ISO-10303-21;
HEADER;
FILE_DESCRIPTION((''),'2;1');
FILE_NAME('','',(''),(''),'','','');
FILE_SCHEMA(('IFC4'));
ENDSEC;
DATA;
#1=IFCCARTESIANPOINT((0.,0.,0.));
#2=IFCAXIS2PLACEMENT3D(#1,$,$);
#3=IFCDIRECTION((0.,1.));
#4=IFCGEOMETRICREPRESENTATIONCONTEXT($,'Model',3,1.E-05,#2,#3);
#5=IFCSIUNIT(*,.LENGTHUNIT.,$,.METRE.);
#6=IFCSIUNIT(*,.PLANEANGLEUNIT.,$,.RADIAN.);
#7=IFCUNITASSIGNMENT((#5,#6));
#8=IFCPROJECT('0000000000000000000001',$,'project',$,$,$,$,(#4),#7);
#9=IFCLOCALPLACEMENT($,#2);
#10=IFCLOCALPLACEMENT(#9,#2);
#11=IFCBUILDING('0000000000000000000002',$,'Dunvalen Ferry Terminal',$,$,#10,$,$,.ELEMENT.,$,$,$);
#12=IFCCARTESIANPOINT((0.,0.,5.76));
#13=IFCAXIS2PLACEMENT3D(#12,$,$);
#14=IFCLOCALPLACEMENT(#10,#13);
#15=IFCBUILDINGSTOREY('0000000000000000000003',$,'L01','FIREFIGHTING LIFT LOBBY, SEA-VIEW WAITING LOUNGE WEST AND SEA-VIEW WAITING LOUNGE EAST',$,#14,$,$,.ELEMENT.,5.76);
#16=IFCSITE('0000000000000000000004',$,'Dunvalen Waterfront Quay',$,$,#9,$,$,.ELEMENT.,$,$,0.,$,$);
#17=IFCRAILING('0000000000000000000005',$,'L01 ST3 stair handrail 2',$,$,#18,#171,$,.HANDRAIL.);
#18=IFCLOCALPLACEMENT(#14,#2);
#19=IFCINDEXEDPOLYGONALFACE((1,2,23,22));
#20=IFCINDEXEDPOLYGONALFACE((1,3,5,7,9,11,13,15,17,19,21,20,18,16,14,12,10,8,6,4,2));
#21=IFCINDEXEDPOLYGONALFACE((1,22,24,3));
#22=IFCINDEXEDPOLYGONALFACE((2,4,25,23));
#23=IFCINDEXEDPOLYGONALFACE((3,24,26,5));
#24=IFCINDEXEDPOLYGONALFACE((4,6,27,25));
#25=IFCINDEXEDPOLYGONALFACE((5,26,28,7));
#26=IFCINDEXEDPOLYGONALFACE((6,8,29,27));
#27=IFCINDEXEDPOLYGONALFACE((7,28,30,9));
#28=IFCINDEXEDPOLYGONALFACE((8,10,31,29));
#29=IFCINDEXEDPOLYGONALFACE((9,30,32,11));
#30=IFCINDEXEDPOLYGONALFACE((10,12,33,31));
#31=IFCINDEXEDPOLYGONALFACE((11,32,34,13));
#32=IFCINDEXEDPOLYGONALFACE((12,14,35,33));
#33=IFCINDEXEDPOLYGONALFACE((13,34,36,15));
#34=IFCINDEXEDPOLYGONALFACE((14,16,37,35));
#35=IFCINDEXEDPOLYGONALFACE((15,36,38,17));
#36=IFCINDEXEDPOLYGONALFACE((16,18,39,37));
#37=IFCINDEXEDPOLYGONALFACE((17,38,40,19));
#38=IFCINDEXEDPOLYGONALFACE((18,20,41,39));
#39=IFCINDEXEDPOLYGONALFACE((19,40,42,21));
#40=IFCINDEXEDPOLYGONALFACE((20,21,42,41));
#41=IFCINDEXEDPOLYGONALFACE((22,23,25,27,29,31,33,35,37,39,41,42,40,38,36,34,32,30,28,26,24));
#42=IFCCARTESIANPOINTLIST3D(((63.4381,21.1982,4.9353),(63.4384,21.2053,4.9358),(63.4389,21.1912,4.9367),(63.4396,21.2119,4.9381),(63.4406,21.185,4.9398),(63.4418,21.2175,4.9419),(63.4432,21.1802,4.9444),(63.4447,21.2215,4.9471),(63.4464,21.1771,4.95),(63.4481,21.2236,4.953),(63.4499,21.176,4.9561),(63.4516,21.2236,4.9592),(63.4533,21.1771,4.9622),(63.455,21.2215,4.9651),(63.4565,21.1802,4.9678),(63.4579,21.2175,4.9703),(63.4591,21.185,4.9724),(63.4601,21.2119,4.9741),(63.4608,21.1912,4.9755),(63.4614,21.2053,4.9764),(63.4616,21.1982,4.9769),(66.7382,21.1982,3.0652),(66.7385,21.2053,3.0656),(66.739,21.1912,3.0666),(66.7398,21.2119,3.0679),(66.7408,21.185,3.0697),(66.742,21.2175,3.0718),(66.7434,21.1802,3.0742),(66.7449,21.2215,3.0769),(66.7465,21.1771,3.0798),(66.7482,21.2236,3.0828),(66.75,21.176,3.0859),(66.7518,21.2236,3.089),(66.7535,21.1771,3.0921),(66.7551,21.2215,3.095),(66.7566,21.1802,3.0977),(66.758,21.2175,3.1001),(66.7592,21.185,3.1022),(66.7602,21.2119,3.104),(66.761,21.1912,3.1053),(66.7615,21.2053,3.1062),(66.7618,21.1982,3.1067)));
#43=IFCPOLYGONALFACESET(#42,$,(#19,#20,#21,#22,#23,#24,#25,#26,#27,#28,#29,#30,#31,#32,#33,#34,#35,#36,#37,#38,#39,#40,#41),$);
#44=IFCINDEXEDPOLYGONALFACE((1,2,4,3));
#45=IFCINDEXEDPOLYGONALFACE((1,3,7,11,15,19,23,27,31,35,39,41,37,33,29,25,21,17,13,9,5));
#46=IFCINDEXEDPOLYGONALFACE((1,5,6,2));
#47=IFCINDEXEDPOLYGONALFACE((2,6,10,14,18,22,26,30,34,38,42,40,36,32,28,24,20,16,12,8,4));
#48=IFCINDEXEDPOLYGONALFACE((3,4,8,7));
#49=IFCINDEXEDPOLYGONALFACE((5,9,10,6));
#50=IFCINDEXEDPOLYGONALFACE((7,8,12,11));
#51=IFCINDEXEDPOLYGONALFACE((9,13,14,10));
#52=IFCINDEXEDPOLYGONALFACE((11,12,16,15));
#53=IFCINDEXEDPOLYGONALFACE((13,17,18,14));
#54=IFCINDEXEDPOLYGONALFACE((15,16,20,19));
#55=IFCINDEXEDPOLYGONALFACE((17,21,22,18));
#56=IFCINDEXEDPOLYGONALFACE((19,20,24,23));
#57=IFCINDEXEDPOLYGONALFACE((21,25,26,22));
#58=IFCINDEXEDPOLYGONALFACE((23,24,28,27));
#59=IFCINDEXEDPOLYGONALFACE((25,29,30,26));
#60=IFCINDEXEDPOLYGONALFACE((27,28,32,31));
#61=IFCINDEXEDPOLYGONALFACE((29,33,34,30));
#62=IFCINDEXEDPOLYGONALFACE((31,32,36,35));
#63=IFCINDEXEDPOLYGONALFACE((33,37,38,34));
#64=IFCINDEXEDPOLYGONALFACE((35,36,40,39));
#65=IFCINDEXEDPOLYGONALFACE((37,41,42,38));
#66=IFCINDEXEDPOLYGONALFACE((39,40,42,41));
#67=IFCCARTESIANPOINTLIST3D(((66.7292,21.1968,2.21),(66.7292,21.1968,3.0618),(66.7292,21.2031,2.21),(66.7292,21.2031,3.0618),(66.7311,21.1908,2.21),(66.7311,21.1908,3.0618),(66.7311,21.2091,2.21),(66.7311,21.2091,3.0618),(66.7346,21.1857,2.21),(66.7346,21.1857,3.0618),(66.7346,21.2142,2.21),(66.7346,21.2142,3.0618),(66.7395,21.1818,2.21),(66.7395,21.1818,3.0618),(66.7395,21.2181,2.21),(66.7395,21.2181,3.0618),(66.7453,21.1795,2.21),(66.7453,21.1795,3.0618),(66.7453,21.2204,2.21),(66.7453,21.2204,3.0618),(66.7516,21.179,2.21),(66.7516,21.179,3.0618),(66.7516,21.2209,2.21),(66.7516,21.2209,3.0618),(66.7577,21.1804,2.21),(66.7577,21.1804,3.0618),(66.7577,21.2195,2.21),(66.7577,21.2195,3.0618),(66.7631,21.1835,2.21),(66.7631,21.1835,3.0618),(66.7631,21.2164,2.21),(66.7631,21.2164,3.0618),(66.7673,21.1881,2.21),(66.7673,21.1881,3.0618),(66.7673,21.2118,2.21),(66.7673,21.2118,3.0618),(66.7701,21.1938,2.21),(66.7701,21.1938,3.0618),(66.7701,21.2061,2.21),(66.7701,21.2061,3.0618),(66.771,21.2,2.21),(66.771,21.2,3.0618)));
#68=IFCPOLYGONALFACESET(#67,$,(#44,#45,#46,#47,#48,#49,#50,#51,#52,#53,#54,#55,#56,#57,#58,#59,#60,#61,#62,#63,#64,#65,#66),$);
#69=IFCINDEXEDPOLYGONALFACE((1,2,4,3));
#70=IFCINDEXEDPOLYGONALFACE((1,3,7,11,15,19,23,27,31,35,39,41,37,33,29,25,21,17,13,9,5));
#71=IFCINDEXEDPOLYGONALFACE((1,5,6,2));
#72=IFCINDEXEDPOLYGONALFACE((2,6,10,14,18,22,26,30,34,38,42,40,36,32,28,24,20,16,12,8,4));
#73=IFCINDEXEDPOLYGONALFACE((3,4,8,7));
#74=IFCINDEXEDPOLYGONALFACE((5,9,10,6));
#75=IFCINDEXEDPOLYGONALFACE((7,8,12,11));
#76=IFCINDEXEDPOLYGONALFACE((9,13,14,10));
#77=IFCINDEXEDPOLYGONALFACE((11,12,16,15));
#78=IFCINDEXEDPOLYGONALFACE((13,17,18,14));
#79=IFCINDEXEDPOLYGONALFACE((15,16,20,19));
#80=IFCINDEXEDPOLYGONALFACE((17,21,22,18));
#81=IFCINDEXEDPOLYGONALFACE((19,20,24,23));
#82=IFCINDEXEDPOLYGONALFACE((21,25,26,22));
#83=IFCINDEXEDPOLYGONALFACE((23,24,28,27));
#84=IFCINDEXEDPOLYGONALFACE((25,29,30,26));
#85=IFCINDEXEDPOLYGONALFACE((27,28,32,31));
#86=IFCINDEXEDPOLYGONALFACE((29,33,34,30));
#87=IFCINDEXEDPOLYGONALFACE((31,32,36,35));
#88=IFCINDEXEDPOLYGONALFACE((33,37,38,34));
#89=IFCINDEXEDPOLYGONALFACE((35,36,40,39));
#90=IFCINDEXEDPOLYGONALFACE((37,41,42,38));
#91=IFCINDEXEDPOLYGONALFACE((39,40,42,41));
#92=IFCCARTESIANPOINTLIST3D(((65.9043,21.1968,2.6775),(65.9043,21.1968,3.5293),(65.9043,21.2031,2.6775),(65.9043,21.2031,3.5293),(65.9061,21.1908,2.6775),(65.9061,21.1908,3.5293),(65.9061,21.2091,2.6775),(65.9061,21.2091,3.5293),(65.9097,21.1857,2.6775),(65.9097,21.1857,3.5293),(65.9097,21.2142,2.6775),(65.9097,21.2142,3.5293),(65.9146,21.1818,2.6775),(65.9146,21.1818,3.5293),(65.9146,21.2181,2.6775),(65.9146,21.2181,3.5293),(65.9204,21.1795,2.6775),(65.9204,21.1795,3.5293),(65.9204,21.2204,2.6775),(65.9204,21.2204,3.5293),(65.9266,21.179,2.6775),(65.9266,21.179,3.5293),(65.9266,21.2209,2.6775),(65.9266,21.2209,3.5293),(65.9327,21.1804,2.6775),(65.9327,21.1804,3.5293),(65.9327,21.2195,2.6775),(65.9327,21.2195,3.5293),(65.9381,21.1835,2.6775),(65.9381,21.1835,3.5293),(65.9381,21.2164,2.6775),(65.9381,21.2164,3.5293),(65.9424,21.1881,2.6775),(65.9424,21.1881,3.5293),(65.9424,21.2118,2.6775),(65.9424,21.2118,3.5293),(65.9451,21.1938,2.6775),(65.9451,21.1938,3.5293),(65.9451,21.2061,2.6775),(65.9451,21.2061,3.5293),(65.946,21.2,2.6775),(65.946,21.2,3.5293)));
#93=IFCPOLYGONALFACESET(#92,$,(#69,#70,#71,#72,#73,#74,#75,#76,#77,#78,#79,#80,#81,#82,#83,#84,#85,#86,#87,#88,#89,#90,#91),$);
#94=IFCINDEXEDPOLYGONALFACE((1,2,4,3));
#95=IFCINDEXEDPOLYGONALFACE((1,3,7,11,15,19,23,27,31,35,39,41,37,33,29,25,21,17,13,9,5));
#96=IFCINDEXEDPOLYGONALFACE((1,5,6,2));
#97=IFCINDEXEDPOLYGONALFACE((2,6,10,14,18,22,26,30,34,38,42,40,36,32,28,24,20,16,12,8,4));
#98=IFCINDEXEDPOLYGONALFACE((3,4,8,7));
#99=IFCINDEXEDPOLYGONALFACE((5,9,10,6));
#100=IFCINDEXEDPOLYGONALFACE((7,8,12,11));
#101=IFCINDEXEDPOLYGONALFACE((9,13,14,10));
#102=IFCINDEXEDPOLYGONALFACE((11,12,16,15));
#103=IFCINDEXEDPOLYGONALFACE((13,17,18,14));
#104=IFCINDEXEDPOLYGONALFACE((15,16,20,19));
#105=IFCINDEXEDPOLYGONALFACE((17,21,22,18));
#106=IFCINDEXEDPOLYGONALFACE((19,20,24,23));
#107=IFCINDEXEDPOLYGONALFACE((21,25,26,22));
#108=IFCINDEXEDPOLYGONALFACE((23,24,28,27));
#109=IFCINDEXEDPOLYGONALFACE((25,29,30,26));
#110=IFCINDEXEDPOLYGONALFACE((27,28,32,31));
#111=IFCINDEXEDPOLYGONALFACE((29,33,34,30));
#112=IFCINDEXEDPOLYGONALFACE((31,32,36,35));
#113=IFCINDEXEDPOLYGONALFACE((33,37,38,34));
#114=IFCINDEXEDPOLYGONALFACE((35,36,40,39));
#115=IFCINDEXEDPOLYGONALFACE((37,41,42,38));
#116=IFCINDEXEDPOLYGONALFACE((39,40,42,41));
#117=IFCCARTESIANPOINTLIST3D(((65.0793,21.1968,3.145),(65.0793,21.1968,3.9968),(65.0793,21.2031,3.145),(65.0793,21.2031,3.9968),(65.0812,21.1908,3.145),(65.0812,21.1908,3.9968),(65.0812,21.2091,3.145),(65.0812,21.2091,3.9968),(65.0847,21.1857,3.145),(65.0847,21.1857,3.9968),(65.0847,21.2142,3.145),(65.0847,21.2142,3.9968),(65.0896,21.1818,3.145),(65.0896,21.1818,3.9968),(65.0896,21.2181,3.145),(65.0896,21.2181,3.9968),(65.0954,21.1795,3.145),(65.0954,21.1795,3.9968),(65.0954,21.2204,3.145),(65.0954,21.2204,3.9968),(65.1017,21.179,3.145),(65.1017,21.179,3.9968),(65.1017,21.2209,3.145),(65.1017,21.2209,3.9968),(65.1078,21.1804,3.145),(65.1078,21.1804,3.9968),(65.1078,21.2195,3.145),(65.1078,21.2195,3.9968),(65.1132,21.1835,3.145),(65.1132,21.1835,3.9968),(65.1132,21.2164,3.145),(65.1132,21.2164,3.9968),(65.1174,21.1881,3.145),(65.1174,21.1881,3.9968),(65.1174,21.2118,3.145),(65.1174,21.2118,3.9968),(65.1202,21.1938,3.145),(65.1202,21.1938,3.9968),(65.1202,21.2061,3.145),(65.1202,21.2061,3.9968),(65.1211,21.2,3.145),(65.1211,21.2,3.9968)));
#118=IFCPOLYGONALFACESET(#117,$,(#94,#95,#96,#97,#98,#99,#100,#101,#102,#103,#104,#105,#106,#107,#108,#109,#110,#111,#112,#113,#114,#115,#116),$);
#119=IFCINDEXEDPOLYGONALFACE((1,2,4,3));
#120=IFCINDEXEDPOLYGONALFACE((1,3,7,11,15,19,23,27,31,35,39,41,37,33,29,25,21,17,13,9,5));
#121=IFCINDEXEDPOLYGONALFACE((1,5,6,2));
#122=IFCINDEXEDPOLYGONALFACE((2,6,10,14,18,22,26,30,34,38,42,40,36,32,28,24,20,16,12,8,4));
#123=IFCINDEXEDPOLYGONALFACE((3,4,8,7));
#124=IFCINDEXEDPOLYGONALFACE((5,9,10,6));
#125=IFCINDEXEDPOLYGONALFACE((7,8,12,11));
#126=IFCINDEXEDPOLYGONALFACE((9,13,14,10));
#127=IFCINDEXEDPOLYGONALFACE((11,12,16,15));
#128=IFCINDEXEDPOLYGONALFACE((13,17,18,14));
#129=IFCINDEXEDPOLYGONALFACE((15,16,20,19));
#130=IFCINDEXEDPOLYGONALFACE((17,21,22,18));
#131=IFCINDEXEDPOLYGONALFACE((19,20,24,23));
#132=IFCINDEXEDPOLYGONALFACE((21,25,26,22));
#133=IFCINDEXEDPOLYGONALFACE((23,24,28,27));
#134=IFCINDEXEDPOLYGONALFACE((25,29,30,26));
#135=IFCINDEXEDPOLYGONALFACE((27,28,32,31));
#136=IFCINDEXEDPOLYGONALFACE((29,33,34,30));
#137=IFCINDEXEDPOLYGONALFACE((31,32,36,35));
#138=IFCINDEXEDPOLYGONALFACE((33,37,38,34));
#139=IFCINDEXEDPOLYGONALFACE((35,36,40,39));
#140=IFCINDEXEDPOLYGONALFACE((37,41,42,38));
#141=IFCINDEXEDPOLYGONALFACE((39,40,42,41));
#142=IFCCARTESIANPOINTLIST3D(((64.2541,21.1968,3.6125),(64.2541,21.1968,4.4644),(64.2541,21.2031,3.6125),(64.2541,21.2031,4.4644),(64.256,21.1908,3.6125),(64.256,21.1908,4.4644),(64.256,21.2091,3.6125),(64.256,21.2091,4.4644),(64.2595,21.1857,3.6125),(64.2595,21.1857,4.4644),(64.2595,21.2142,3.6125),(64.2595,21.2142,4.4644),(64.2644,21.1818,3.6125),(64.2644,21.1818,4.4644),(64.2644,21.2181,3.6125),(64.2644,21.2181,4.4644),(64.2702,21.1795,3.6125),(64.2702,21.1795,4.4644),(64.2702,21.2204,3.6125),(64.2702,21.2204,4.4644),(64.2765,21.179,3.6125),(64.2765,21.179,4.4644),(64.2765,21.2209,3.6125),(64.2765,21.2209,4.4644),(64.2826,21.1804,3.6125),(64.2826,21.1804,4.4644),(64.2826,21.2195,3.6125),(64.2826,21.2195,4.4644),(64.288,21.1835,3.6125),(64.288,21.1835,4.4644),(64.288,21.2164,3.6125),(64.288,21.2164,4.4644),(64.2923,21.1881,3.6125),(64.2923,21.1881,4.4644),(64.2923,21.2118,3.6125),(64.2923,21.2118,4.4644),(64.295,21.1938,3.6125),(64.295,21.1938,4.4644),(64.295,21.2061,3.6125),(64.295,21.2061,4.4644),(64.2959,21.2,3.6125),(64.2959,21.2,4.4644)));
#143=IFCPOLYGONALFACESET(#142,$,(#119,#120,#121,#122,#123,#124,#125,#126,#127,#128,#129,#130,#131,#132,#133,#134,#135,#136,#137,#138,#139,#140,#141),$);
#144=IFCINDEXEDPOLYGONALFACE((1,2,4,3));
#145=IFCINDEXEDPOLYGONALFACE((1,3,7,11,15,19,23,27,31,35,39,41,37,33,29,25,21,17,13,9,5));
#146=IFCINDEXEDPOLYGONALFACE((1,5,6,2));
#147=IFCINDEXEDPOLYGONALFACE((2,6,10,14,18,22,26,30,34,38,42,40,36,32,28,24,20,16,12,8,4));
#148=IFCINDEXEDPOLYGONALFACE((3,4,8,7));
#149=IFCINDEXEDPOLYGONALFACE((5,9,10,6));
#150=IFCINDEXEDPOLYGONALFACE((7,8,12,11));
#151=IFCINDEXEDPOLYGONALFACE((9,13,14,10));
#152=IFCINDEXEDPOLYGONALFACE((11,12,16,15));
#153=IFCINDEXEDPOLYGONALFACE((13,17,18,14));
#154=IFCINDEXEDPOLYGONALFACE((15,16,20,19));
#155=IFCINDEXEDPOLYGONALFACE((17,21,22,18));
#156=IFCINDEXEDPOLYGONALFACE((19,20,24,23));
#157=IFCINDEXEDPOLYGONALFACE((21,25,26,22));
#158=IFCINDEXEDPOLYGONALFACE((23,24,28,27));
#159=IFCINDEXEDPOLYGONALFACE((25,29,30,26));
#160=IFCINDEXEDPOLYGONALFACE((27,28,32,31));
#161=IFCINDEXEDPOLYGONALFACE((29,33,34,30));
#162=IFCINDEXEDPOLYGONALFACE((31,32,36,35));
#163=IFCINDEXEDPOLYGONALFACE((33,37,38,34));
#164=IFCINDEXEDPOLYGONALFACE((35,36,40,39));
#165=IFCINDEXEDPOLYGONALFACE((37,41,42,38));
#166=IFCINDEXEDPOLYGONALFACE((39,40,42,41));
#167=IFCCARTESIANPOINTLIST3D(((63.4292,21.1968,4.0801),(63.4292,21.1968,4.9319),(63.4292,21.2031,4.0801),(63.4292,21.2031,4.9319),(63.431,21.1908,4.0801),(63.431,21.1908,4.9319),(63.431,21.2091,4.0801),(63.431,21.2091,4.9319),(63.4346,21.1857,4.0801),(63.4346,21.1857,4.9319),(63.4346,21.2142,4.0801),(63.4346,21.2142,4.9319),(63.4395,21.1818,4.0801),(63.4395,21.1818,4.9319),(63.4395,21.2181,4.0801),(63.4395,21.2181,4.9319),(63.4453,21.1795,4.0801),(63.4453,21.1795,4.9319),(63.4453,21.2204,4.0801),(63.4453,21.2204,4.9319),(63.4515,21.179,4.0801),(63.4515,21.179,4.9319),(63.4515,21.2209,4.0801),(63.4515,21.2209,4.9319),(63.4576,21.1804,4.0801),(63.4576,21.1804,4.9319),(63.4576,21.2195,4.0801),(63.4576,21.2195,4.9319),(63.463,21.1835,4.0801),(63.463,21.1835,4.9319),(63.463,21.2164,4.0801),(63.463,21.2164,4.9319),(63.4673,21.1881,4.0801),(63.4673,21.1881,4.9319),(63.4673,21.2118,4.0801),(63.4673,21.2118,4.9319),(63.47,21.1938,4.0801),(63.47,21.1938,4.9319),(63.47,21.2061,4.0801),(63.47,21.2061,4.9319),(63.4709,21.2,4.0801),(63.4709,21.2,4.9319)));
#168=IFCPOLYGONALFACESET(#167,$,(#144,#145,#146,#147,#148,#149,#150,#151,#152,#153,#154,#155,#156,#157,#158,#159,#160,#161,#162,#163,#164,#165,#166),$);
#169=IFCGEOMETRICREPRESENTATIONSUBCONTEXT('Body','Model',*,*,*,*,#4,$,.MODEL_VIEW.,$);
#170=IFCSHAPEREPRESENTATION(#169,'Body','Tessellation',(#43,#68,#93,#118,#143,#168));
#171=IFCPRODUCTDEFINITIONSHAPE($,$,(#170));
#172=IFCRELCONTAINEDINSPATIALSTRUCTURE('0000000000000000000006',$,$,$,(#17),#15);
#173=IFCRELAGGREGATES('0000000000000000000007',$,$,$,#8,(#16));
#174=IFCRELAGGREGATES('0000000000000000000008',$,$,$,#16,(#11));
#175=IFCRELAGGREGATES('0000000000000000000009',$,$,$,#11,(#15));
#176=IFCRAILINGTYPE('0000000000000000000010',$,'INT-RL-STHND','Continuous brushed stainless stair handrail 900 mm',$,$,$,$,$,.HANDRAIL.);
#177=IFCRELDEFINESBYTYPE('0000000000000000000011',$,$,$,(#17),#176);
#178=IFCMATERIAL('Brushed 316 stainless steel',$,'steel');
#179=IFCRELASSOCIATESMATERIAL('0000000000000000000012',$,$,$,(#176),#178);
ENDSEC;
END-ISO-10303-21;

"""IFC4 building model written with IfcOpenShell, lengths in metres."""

from ifc_helpers import new_model, si_unit, direction, frame, origin, origin_2d, place, context, subcontext, project, spatial, circle, extrude, material, type_object, element, save


model = new_model("IFC4")

# Units and contexts
model_context = context("Model", 3, precision=1e-05, world=origin(), true_north=direction((0.0, 1.0)))
body_context = subcontext(model_context, "Body", "Model", "MODEL_VIEW")
ifc_project = project(units=[si_unit("LENGTHUNIT", "METRE"), si_unit("PLANEANGLEUNIT", "RADIAN")], contexts=[model_context])

# Site, building, storey
site_placement = place(None, origin())
site = spatial("IfcSite", under=ifc_project, at=site_placement, Name="Dunvalen Waterfront Quay", CompositionType="ELEMENT", RefElevation=0.0)
building_placement = place(site_placement, origin())
building = spatial("IfcBuilding", under=site, at=building_placement, Name="Dunvalen Ferry Terminal", CompositionType="ELEMENT")
storey_placement = place(building_placement, frame((0.0, 0.0, 5.76)))
storey = spatial("IfcBuildingStorey", under=building, at=storey_placement, Name="L01", Description="FIREFIGHTING LIFT LOBBY, SEA-VIEW WAITING LOUNGE WEST AND SEA-VIEW WAITING LOUNGE EAST", CompositionType="ELEMENT", Elevation=5.76)

# Railing
ifc_material_1 = material(Name="Brushed 316 stainless steel", Category="steel")
railing_type_1 = type_object("IfcRailingType", Name="INT-RL-STHND", Description="Continuous brushed stainless stair handrail 900 mm", PredefinedType="HANDRAIL", material=ifc_material_1)
railing_1_placement = place(storey_placement, frame((66.75, 21.2, 2.21)))
element("IfcRailing", 1, at=railing_1_placement, inside=storey, type_object=railing_type_1, Name="L01 ST3 stair handrail 2", PredefinedType="HANDRAIL", context=body_context, shape_type="SweptSolid", body=[
    extrude(circle(Radius=0.0239, at=origin_2d()), frame((0.0, 0.0, 0.876), z_axis=(-0.870012, 0.0, 0.49303), x_axis=(0.0, -1.0, 0.0)), (0.0, 0.0, 1.0), 3.7932),
    extrude(circle(Radius=0.021, at=origin_2d()), origin(), (0.0, 0.0, 1.0), 0.8518),
    extrude(circle(Radius=0.021, at=origin_2d()), frame((-0.825, 0.0, 0.4675)), (0.0, 0.0, 1.0), 0.8518),
    extrude(circle(Radius=0.021, at=origin_2d()), frame((-1.6499, 0.0, 0.9351)), (0.0, 0.0, 1.0), 0.8518),
    extrude(circle(Radius=0.021, at=origin_2d()), frame((-2.4751, 0.0, 1.4026)), (0.0, 0.0, 1.0), 0.8518),
    extrude(circle(Radius=0.021, at=origin_2d()), frame((-3.3, 0.0, 1.8701)), (0.0, 0.0, 1.0), 0.8518),
])

save(model, "model.ifc")
